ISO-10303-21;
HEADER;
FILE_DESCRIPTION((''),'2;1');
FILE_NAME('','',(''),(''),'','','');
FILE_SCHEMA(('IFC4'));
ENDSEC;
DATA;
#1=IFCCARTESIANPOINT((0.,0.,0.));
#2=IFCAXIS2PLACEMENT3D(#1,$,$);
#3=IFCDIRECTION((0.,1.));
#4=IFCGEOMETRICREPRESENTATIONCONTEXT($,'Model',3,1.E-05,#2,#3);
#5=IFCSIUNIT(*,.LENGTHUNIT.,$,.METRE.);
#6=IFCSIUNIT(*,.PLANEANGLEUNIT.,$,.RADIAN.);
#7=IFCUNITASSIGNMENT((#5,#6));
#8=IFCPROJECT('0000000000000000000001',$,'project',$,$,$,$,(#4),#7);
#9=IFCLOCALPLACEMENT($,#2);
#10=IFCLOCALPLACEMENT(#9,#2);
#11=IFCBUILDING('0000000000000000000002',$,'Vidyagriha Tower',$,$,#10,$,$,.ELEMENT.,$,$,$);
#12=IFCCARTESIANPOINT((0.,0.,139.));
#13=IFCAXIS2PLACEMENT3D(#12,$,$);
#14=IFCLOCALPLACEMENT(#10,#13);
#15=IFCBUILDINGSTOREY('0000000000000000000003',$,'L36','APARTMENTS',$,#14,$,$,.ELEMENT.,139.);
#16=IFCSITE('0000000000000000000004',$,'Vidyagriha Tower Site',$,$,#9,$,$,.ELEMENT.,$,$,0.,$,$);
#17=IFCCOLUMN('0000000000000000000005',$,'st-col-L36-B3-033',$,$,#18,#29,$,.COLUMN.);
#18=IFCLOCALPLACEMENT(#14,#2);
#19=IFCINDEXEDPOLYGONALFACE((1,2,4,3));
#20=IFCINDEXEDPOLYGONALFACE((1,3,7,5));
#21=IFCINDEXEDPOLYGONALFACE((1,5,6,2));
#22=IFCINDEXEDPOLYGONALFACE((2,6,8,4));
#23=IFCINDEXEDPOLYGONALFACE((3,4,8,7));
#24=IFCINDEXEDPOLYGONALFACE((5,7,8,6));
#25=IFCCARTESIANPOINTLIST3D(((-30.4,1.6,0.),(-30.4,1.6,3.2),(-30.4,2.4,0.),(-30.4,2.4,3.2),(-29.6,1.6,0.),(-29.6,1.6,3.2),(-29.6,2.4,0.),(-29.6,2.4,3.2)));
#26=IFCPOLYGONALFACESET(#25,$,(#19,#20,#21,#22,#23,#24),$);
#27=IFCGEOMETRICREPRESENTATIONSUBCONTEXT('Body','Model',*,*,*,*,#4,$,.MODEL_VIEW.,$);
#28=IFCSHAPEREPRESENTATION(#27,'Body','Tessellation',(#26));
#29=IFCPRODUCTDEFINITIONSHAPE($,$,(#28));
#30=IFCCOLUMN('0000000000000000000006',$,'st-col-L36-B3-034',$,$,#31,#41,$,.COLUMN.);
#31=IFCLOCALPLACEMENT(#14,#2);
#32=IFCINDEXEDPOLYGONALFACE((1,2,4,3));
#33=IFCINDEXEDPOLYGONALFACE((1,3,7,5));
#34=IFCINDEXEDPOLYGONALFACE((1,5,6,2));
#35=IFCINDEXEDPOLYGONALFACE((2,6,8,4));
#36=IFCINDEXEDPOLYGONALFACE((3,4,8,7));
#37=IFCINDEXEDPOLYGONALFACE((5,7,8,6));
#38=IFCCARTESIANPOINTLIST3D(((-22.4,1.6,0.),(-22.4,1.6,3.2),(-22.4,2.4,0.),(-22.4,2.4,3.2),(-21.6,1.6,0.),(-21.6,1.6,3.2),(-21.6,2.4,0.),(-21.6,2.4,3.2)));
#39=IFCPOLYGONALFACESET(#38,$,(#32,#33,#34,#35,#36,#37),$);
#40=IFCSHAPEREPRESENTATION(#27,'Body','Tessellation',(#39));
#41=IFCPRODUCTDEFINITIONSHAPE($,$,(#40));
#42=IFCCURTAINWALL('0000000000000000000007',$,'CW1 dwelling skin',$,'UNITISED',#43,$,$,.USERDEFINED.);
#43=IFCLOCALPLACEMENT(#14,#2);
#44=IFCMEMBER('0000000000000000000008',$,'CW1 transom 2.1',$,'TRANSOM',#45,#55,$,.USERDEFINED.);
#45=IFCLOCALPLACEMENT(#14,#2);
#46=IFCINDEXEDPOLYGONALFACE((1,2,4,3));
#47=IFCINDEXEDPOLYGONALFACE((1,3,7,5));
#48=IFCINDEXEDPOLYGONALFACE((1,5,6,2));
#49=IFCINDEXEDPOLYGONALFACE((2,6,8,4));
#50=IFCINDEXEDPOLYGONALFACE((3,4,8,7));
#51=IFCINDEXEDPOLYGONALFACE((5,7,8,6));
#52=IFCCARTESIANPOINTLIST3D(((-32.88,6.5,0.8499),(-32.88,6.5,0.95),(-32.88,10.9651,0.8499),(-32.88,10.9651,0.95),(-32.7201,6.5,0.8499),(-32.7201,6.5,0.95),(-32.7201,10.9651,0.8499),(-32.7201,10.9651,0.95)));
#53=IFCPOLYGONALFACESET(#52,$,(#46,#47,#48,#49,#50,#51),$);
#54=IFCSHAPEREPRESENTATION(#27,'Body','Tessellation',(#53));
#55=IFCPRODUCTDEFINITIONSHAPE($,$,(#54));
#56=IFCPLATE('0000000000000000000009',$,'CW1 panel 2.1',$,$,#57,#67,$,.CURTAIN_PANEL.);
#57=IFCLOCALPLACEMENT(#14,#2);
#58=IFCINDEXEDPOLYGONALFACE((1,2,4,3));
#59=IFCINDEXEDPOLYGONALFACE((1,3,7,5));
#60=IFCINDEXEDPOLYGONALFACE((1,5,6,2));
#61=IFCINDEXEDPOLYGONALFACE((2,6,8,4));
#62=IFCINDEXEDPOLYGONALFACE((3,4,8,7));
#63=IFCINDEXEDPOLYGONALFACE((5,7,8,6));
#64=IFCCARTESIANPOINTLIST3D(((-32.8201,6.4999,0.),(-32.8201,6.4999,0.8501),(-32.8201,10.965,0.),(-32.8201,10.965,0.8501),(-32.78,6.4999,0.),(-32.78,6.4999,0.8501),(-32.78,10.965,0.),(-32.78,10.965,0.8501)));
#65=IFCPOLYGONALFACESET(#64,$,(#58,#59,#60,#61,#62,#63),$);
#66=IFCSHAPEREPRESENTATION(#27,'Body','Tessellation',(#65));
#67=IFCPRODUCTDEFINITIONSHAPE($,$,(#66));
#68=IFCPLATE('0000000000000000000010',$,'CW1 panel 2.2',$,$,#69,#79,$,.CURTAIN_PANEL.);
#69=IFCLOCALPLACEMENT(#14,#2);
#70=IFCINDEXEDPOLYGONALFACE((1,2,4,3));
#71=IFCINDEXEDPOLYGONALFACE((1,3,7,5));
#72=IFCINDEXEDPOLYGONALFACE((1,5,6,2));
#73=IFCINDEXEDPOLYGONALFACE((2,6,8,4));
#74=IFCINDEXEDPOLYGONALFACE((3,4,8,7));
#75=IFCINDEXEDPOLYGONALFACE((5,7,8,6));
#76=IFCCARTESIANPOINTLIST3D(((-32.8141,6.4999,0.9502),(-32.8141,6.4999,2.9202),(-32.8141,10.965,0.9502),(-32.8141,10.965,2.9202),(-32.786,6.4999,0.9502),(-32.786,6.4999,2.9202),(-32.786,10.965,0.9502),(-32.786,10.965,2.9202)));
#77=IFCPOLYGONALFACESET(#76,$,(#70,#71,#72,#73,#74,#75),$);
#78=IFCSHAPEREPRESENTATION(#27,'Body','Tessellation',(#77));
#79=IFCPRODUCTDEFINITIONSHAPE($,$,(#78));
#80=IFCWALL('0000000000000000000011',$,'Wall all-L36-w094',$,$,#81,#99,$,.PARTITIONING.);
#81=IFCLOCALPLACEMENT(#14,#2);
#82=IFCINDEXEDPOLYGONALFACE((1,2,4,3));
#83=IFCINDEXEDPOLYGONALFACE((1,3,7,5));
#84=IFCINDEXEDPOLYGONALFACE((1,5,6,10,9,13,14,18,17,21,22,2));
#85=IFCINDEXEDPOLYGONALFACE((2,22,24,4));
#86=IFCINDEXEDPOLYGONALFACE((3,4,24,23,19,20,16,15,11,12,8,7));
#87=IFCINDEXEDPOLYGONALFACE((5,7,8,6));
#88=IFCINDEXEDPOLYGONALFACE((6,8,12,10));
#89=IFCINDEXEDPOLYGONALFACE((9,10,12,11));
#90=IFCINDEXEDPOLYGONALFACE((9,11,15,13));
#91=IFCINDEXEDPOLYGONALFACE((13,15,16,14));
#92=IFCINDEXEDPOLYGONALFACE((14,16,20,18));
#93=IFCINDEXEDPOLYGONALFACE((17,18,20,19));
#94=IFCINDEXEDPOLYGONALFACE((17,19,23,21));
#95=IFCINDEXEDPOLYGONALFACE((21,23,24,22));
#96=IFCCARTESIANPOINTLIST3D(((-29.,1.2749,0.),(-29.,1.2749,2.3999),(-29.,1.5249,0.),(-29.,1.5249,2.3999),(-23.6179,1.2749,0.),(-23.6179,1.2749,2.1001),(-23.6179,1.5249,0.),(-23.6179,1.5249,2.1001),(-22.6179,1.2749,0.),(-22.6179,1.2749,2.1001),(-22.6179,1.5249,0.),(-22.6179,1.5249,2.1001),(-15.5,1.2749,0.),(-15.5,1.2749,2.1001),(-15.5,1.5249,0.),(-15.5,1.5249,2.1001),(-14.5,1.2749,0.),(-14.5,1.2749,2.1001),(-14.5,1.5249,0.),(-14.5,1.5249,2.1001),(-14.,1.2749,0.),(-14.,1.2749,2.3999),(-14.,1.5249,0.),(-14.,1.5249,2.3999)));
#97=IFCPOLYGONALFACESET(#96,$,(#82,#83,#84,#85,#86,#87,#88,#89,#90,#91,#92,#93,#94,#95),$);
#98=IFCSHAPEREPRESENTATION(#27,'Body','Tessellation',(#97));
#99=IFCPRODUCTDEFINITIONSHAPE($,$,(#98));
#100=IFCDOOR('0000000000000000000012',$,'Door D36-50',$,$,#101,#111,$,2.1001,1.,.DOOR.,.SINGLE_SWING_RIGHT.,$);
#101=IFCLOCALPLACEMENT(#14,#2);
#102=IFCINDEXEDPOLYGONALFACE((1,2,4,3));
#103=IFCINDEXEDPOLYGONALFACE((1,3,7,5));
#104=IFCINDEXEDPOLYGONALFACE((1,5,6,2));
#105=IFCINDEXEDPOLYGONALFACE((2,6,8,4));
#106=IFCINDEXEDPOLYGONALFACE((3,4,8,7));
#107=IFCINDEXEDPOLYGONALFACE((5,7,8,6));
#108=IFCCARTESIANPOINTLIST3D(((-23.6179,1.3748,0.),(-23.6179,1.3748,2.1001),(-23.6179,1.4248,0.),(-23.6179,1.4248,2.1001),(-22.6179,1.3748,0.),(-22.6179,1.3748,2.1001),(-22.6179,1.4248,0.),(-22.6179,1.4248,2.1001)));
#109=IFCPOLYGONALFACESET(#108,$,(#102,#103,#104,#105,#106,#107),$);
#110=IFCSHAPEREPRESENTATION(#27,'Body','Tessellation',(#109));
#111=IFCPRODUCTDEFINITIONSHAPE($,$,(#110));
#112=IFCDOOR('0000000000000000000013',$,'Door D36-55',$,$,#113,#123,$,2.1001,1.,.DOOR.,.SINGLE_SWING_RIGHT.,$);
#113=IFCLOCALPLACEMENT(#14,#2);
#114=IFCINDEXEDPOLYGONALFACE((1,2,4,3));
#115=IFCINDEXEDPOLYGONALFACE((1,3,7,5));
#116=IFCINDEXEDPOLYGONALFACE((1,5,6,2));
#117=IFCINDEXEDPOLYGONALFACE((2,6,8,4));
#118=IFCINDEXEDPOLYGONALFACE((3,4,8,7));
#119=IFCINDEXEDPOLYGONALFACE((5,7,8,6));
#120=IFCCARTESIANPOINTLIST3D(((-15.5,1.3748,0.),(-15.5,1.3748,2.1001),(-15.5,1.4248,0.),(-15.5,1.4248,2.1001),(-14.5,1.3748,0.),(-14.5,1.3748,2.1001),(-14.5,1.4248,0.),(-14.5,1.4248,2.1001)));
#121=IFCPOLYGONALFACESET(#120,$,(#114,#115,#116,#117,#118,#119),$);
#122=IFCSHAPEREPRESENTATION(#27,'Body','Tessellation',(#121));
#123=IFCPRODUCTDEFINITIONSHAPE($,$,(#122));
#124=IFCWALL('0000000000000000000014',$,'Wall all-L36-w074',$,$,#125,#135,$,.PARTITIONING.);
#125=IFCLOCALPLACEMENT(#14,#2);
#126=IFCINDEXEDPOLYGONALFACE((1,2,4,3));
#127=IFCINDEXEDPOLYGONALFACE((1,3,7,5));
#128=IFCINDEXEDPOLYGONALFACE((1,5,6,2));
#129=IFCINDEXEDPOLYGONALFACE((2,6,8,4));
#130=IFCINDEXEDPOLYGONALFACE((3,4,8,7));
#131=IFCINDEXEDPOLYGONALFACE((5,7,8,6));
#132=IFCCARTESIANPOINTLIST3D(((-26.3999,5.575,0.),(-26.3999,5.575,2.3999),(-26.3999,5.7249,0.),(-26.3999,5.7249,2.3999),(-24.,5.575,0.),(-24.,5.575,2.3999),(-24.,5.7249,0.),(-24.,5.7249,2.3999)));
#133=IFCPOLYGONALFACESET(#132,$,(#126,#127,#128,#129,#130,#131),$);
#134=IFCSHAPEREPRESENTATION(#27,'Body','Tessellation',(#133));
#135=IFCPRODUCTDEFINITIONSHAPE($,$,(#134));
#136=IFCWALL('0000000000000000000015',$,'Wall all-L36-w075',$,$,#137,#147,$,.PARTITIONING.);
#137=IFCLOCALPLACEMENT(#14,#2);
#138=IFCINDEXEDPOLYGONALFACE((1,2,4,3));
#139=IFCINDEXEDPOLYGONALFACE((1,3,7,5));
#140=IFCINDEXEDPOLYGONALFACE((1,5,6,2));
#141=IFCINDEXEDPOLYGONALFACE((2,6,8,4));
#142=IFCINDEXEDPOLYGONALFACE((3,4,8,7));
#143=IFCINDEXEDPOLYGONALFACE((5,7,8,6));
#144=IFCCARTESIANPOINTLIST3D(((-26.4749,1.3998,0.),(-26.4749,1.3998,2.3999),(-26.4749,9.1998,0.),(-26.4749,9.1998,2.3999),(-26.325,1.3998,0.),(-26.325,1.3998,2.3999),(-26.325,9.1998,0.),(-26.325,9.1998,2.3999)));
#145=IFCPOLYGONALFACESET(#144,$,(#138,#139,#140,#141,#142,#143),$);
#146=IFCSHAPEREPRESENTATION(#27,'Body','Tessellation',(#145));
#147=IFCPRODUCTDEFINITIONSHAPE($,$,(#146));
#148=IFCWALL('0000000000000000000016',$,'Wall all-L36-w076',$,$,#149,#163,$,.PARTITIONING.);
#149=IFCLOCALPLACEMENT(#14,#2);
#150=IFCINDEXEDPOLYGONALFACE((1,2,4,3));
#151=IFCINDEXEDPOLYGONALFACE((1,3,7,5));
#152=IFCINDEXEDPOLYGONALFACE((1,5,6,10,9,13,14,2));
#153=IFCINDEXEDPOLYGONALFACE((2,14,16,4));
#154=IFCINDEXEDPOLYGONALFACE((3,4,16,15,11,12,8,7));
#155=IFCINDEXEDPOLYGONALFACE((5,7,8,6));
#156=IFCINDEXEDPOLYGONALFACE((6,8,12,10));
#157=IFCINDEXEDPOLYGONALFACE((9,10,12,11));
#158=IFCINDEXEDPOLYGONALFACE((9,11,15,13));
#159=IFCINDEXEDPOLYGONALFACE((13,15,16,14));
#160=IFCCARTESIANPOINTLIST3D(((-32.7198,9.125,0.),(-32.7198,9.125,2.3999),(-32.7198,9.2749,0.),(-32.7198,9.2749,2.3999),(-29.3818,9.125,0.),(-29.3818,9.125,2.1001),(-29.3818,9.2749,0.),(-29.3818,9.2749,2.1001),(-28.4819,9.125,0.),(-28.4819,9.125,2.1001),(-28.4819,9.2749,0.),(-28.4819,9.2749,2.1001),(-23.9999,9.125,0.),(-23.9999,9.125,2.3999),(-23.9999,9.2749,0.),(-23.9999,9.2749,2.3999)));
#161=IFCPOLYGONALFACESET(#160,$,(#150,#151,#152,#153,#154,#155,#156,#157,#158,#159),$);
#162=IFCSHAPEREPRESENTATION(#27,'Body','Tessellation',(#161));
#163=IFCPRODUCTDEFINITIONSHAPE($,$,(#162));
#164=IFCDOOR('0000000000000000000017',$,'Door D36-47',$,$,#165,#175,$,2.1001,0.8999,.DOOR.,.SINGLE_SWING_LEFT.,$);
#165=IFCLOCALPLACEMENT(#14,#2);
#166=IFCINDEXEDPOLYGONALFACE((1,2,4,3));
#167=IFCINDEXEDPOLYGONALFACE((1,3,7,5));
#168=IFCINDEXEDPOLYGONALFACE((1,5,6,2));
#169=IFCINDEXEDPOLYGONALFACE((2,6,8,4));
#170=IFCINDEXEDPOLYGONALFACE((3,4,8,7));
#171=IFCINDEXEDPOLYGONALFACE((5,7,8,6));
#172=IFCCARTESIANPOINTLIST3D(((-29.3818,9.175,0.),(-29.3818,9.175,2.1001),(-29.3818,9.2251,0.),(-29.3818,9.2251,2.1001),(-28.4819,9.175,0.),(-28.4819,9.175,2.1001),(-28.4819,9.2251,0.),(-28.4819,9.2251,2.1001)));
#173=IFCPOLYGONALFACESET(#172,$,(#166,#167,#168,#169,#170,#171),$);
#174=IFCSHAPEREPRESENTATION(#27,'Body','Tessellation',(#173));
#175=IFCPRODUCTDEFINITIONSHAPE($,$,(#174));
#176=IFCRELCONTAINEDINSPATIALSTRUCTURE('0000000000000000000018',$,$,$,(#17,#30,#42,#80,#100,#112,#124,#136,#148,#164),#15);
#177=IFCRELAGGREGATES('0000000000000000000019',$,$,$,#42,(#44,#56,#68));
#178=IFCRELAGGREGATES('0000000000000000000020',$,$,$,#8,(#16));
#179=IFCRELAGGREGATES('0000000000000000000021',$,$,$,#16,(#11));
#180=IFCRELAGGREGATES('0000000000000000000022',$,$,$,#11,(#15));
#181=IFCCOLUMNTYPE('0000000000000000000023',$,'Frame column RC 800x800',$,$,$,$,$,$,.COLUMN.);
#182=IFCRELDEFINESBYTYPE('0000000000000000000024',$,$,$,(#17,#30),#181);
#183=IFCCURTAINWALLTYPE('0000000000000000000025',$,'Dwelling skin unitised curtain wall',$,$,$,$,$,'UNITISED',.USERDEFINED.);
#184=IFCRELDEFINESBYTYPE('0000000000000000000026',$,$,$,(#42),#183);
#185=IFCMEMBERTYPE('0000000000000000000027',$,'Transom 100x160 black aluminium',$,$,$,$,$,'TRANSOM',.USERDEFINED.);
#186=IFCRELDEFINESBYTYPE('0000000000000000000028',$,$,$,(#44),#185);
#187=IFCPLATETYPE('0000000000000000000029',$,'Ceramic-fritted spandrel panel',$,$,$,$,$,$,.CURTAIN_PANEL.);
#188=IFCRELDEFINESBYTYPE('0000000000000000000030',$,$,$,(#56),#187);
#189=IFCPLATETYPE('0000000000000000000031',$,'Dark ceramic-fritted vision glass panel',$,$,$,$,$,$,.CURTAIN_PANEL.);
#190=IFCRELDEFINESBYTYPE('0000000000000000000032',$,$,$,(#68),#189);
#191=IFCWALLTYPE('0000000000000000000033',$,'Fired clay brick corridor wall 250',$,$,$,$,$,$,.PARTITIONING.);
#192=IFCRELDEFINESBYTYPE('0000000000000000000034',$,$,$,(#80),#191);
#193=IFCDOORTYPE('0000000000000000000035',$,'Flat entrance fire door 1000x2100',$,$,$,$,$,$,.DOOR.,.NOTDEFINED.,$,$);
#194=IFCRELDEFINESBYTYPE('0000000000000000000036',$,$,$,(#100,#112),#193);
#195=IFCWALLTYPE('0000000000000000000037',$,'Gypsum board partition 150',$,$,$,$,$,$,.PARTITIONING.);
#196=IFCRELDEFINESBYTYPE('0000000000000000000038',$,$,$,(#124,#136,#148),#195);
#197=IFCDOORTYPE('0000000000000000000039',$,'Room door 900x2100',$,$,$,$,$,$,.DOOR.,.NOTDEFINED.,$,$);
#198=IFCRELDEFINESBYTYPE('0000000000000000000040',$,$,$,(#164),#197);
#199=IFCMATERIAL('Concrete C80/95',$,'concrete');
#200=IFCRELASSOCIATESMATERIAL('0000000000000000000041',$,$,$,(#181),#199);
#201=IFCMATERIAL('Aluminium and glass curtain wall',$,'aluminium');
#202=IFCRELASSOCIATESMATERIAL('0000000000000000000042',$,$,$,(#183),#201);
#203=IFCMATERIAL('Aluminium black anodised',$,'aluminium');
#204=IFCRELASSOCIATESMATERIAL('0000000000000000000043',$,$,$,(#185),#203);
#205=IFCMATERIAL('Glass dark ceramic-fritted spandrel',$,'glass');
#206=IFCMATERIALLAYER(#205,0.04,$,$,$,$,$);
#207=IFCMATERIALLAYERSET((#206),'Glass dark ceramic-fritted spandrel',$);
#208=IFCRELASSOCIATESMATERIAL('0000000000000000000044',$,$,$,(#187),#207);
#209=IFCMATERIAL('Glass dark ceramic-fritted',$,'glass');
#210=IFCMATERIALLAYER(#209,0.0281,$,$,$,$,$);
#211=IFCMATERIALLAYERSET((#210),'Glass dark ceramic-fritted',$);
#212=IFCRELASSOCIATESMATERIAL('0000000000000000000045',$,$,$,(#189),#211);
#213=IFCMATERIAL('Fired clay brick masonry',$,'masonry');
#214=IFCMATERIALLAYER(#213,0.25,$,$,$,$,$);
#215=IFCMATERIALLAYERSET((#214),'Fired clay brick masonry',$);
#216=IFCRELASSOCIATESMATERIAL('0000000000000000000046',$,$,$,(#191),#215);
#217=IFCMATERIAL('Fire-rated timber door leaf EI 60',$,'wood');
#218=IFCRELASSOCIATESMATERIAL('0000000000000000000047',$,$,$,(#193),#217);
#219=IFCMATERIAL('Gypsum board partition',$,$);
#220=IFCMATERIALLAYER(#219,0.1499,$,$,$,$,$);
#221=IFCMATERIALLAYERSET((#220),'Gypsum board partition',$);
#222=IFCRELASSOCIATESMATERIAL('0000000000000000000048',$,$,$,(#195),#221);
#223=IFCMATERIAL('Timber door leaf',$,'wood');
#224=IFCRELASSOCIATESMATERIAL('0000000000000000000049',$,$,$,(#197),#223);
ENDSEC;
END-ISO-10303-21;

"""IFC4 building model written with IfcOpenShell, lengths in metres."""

from ifc_helpers import new_model, si_unit, direction, frame, frame_2d, origin, origin_2d, place, context, subcontext, project, spatial, rectangle, extrude, material, layer, layer_set, material_profile, profile_set, type_object, element, fill, aggregate, save


model = new_model("IFC4")

# Units and contexts
model_context = context("Model", 3, precision=1e-05, world=origin(), true_north=direction((0.0, 1.0)))
body_context = subcontext(model_context, "Body", "Model", "MODEL_VIEW")
ifc_project = project(units=[si_unit("LENGTHUNIT", "METRE"), si_unit("PLANEANGLEUNIT", "RADIAN")], contexts=[model_context])

# Site, building, storey
site_placement = place(None, origin())
site = spatial("IfcSite", under=ifc_project, at=site_placement, Name="Vidyagriha Tower Site", CompositionType="ELEMENT", RefElevation=0.0)
building_placement = place(site_placement, origin())
building = spatial("IfcBuilding", under=site, at=building_placement, Name="Vidyagriha Tower", CompositionType="ELEMENT")
storey_placement = place(building_placement, frame((0.0, 0.0, 139.0)))
storey = spatial("IfcBuildingStorey", under=building, at=storey_placement, Name="L36", Description="APARTMENTS", CompositionType="ELEMENT", Elevation=139.0)

# Columns
ifc_material_1 = material(Name="Concrete C80/95", Category="concrete")
ifc_material_profile_1 = material_profile(ifc_material_1, rectangle(XDim=0.8, YDim=0.8, at=origin_2d()), Name="RC 800x800")
ifc_profile_set_1 = profile_set([ifc_material_profile_1], Name="Concrete C80/95")
column_type = type_object("IfcColumnType", Name="Frame column RC 800x800", PredefinedType="COLUMN", material=ifc_profile_set_1)
for number, where, name in (
    (1, (-30.0, 2.0, 0.0), "st-col-L36-B3-033"),
    (2, (-22.0, 2.0, 0.0), "st-col-L36-B3-034"),
):
    element("IfcColumn", number, at=place(storey_placement, frame(where)), inside=storey, type_object=column_type, Name=name, PredefinedType="COLUMN", context=body_context, shape_type="SweptSolid", body=[
        extrude(rectangle(XDim=0.8, YDim=0.8, at=origin_2d()), origin(), (0.0, 0.0, 1.0), 3.2),
    ])

# Curtain wall, member, plates
ifc_material_2 = material(Name="Aluminium and glass curtain wall", Category="aluminium")
curtain_wall_type = type_object("IfcCurtainWallType", Name="Dwelling skin unitised curtain wall", ElementType="UNITISED", PredefinedType="USERDEFINED", material=ifc_material_2)
curtain_wall_placement = place(storey_placement, origin())
curtain_wall = element("IfcCurtainWall", 3, at=curtain_wall_placement, inside=storey, type_object=curtain_wall_type, Name="CW1 dwelling skin", ObjectType="UNITISED", PredefinedType="USERDEFINED")
ifc_material_3 = material(Name="Aluminium black anodised", Category="aluminium")
ifc_material_profile_2 = material_profile(ifc_material_3, rectangle(XDim=0.1599, YDim=0.1001, at=origin_2d()), Name="Transom 100x160 black aluminium")
ifc_profile_set_2 = profile_set([ifc_material_profile_2], Name="Aluminium black anodised")
member_type = type_object("IfcMemberType", Name="Transom 100x160 black aluminium", ElementType="TRANSOM", PredefinedType="USERDEFINED", material=ifc_profile_set_2)
member_placement = place(storey_placement, frame((-32.8, 10.9651, 0.8999), z_axis=(0.0, -1.0, 0.0), x_axis=(1.0, 0.0, 0.0)))
member = element("IfcMember", 4, at=member_placement, type_object=member_type, Name="CW1 transom 2.1", ObjectType="TRANSOM", PredefinedType="USERDEFINED", context=body_context, shape_type="SweptSolid", body=[
    extrude(rectangle(XDim=0.1599, YDim=0.1001, at=origin_2d()), origin(), (0.0, 0.0, 1.0), 4.4651),
])
ifc_material_4 = material(Name="Glass dark ceramic-fritted spandrel", Category="glass")
ifc_layer_1 = layer(ifc_material_4, 0.04)
ifc_layer_set_1 = layer_set([ifc_layer_1], Name="Glass dark ceramic-fritted spandrel")
plate_type_1 = type_object("IfcPlateType", Name="Ceramic-fritted spandrel panel", PredefinedType="CURTAIN_PANEL", material=ifc_layer_set_1)
plate_1_placement = place(storey_placement, frame((-32.8, 8.7324, 0.0), z_axis=(0.0, 0.0, 1.0), x_axis=(0.0, -1.0, 0.0)))
plate_1 = element("IfcPlate", 5, at=plate_1_placement, type_object=plate_type_1, Name="CW1 panel 2.1", PredefinedType="CURTAIN_PANEL", context=body_context, shape_type="SweptSolid", body=[
    extrude(rectangle(XDim=4.4651, YDim=0.04, at=origin_2d()), origin(), (0.0, 0.0, 1.0), 0.8501),
])
ifc_material_5 = material(Name="Glass dark ceramic-fritted", Category="glass")
ifc_layer_2 = layer(ifc_material_5, 0.0281)
ifc_layer_set_2 = layer_set([ifc_layer_2], Name="Glass dark ceramic-fritted")
plate_type_2 = type_object("IfcPlateType", Name="Dark ceramic-fritted vision glass panel", PredefinedType="CURTAIN_PANEL", material=ifc_layer_set_2)
plate_2_placement = place(storey_placement, frame((-32.8, 8.7324, 0.9502), z_axis=(0.0, 0.0, 1.0), x_axis=(0.0, -1.0, 0.0)))
plate_2 = element("IfcPlate", 6, at=plate_2_placement, type_object=plate_type_2, Name="CW1 panel 2.2", PredefinedType="CURTAIN_PANEL", context=body_context, shape_type="SweptSolid", body=[
    extrude(rectangle(XDim=4.4651, YDim=0.0281, at=origin_2d()), origin(), (0.0, 0.0, 1.0), 1.97),
])
aggregate(curtain_wall, [member, plate_1, plate_2])

# Wall, openings, doors
ifc_material_6 = material(Name="Fired clay brick masonry", Category="masonry")
ifc_layer_3 = layer(ifc_material_6, 0.25)
ifc_layer_set_3 = layer_set([ifc_layer_3], Name="Fired clay brick masonry")
wall_type_1 = type_object("IfcWallType", Name="Fired clay brick corridor wall 250", PredefinedType="PARTITIONING", material=ifc_layer_set_3)
wall_1_placement = place(storey_placement, frame((-29.0, 1.3999, 0.0)))
wall_1 = element("IfcWall", 7, at=wall_1_placement, inside=storey, type_object=wall_type_1, Name="Wall all-L36-w094", PredefinedType="PARTITIONING", context=body_context, shape_type="SweptSolid", body=[
    extrude(rectangle(XDim=15.0, YDim=0.25, at=frame_2d((7.5, 0.0))), origin(), (0.0, 0.0, 1.0), 2.3999),
])
opening_1_placement = place(wall_1_placement, frame((5.3821, 0.0, 0.0)))
opening_1 = element("IfcOpeningElement", 8, at=opening_1_placement, cuts=wall_1, PredefinedType="OPENING", context=body_context, shape_type="SweptSolid", body=[
    extrude(rectangle(XDim=1.0, YDim=2.1001, at=frame_2d((0.5, 1.05))), frame((0.0, 0.135, 0.0), z_axis=(0.0, -1.0, 0.0), x_axis=(1.0, 0.0, 0.0)), (0.0, 0.0, 1.0), 0.27),
])
opening_2_placement = place(wall_1_placement, frame((13.5, 0.0, 0.0)))
opening_2 = element("IfcOpeningElement", 9, at=opening_2_placement, cuts=wall_1, PredefinedType="OPENING", context=body_context, shape_type="SweptSolid", body=[
    extrude(rectangle(XDim=1.0, YDim=2.1001, at=frame_2d((0.5, 1.05))), frame((0.0, 0.135, 0.0), z_axis=(0.0, -1.0, 0.0), x_axis=(1.0, 0.0, 0.0)), (0.0, 0.0, 1.0), 0.27),
])
ifc_material_7 = material(Name="Fire-rated timber door leaf EI 60", Category="wood")
door_type_1 = type_object("IfcDoorType", Name="Flat entrance fire door 1000x2100", OperationType="NOTDEFINED", PredefinedType="DOOR", material=ifc_material_7)
door_1_placement = place(opening_1_placement, origin())
door_1 = element("IfcDoor", 10, at=door_1_placement, inside=storey, type_object=door_type_1, Name="Door D36-50", OperationType="SINGLE_SWING_RIGHT", OverallHeight=2.1001, OverallWidth=1.0, PredefinedType="DOOR", context=body_context, shape_type="SweptSolid", body=[
    extrude(rectangle(XDim=1.0, YDim=2.1001, at=frame_2d((0.5, 1.05))), frame((0.0, 0.0249, 0.0), z_axis=(0.0, -1.0, 0.0), x_axis=(1.0, 0.0, 0.0)), (0.0, 0.0, 1.0), 0.05),
])
fill(opening_1, door_1)
door_2_placement = place(opening_2_placement, origin())
door_2 = element("IfcDoor", 11, at=door_2_placement, inside=storey, type_object=door_type_1, Name="Door D36-55", OperationType="SINGLE_SWING_RIGHT", OverallHeight=2.1001, OverallWidth=1.0, PredefinedType="DOOR", context=body_context, shape_type="SweptSolid", body=[
    extrude(rectangle(XDim=1.0, YDim=2.1001, at=frame_2d((0.5, 1.05))), frame((0.0, 0.0249, 0.0), z_axis=(0.0, -1.0, 0.0), x_axis=(1.0, 0.0, 0.0)), (0.0, 0.0, 1.0), 0.05),
])
fill(opening_2, door_2)

# Walls
ifc_material_8 = material(Name="Gypsum board partition")
ifc_layer_4 = layer(ifc_material_8, 0.1499)
ifc_layer_set_4 = layer_set([ifc_layer_4], Name="Gypsum board partition")
wall_type_2 = type_object("IfcWallType", Name="Gypsum board partition 150", PredefinedType="PARTITIONING", material=ifc_layer_set_4)
wall_2_placement = place(storey_placement, frame((-26.3999, 5.6499, 0.0)))
element("IfcWall", 12, at=wall_2_placement, inside=storey, type_object=wall_type_2, Name="Wall all-L36-w074", PredefinedType="PARTITIONING", context=body_context, shape_type="SweptSolid", body=[
    extrude(rectangle(XDim=2.3999, YDim=0.1499, at=frame_2d((1.2, 0.0))), origin(), (0.0, 0.0, 1.0), 2.3999),
])
wall_3_placement = place(storey_placement, frame((-26.3999, 1.3999, 0.0), z_axis=(0.0, 0.0, 1.0), x_axis=(0.0, 1.0, 0.0)))
element("IfcWall", 13, at=wall_3_placement, inside=storey, type_object=wall_type_2, Name="Wall all-L36-w075", PredefinedType="PARTITIONING", context=body_context, shape_type="SweptSolid", body=[
    extrude(rectangle(XDim=7.8, YDim=0.1499, at=frame_2d((3.8999, 0.0))), origin(), (0.0, 0.0, 1.0), 2.3999),
])

# Wall, opening, door
wall_4_placement = place(storey_placement, frame((-24.0, 9.2, 0.0), z_axis=(0.0, 0.0, 1.0), x_axis=(-1.0, 0.0, 0.0)))
wall_4 = element("IfcWall", 14, at=wall_4_placement, inside=storey, type_object=wall_type_2, Name="Wall all-L36-w076", PredefinedType="PARTITIONING", context=body_context, shape_type="SweptSolid", body=[
    extrude(rectangle(XDim=8.72, YDim=0.1499, at=frame_2d((4.3599, 0.0))), origin(), (0.0, 0.0, 1.0), 2.3999),
])
opening_3_placement = place(wall_4_placement, frame((4.4819, 0.0, 0.0)))
opening_3 = element("IfcOpeningElement", 15, at=opening_3_placement, cuts=wall_4, PredefinedType="OPENING", context=body_context, shape_type="SweptSolid", body=[
    extrude(rectangle(XDim=0.8999, YDim=2.1001, at=frame_2d((0.45, 1.05))), frame((0.0, 0.085, 0.0), z_axis=(0.0, -1.0, 0.0), x_axis=(1.0, 0.0, 0.0)), (0.0, 0.0, 1.0), 0.1699),
])
ifc_material_9 = material(Name="Timber door leaf", Category="wood")
door_type_2 = type_object("IfcDoorType", Name="Room door 900x2100", OperationType="NOTDEFINED", PredefinedType="DOOR", material=ifc_material_9)
door_3_placement = place(opening_3_placement, origin())
door_3 = element("IfcDoor", 16, at=door_3_placement, inside=storey, type_object=door_type_2, Name="Door D36-47", OperationType="SINGLE_SWING_LEFT", OverallHeight=2.1001, OverallWidth=0.8999, PredefinedType="DOOR", context=body_context, shape_type="SweptSolid", body=[
    extrude(rectangle(XDim=0.8999, YDim=2.1001, at=frame_2d((0.45, 1.05))), frame((0.0, 0.0249, 0.0), z_axis=(0.0, -1.0, 0.0), x_axis=(1.0, 0.0, 0.0)), (0.0, 0.0, 1.0), 0.05),
])
fill(opening_3, door_3)

save(model, "model.ifc")
